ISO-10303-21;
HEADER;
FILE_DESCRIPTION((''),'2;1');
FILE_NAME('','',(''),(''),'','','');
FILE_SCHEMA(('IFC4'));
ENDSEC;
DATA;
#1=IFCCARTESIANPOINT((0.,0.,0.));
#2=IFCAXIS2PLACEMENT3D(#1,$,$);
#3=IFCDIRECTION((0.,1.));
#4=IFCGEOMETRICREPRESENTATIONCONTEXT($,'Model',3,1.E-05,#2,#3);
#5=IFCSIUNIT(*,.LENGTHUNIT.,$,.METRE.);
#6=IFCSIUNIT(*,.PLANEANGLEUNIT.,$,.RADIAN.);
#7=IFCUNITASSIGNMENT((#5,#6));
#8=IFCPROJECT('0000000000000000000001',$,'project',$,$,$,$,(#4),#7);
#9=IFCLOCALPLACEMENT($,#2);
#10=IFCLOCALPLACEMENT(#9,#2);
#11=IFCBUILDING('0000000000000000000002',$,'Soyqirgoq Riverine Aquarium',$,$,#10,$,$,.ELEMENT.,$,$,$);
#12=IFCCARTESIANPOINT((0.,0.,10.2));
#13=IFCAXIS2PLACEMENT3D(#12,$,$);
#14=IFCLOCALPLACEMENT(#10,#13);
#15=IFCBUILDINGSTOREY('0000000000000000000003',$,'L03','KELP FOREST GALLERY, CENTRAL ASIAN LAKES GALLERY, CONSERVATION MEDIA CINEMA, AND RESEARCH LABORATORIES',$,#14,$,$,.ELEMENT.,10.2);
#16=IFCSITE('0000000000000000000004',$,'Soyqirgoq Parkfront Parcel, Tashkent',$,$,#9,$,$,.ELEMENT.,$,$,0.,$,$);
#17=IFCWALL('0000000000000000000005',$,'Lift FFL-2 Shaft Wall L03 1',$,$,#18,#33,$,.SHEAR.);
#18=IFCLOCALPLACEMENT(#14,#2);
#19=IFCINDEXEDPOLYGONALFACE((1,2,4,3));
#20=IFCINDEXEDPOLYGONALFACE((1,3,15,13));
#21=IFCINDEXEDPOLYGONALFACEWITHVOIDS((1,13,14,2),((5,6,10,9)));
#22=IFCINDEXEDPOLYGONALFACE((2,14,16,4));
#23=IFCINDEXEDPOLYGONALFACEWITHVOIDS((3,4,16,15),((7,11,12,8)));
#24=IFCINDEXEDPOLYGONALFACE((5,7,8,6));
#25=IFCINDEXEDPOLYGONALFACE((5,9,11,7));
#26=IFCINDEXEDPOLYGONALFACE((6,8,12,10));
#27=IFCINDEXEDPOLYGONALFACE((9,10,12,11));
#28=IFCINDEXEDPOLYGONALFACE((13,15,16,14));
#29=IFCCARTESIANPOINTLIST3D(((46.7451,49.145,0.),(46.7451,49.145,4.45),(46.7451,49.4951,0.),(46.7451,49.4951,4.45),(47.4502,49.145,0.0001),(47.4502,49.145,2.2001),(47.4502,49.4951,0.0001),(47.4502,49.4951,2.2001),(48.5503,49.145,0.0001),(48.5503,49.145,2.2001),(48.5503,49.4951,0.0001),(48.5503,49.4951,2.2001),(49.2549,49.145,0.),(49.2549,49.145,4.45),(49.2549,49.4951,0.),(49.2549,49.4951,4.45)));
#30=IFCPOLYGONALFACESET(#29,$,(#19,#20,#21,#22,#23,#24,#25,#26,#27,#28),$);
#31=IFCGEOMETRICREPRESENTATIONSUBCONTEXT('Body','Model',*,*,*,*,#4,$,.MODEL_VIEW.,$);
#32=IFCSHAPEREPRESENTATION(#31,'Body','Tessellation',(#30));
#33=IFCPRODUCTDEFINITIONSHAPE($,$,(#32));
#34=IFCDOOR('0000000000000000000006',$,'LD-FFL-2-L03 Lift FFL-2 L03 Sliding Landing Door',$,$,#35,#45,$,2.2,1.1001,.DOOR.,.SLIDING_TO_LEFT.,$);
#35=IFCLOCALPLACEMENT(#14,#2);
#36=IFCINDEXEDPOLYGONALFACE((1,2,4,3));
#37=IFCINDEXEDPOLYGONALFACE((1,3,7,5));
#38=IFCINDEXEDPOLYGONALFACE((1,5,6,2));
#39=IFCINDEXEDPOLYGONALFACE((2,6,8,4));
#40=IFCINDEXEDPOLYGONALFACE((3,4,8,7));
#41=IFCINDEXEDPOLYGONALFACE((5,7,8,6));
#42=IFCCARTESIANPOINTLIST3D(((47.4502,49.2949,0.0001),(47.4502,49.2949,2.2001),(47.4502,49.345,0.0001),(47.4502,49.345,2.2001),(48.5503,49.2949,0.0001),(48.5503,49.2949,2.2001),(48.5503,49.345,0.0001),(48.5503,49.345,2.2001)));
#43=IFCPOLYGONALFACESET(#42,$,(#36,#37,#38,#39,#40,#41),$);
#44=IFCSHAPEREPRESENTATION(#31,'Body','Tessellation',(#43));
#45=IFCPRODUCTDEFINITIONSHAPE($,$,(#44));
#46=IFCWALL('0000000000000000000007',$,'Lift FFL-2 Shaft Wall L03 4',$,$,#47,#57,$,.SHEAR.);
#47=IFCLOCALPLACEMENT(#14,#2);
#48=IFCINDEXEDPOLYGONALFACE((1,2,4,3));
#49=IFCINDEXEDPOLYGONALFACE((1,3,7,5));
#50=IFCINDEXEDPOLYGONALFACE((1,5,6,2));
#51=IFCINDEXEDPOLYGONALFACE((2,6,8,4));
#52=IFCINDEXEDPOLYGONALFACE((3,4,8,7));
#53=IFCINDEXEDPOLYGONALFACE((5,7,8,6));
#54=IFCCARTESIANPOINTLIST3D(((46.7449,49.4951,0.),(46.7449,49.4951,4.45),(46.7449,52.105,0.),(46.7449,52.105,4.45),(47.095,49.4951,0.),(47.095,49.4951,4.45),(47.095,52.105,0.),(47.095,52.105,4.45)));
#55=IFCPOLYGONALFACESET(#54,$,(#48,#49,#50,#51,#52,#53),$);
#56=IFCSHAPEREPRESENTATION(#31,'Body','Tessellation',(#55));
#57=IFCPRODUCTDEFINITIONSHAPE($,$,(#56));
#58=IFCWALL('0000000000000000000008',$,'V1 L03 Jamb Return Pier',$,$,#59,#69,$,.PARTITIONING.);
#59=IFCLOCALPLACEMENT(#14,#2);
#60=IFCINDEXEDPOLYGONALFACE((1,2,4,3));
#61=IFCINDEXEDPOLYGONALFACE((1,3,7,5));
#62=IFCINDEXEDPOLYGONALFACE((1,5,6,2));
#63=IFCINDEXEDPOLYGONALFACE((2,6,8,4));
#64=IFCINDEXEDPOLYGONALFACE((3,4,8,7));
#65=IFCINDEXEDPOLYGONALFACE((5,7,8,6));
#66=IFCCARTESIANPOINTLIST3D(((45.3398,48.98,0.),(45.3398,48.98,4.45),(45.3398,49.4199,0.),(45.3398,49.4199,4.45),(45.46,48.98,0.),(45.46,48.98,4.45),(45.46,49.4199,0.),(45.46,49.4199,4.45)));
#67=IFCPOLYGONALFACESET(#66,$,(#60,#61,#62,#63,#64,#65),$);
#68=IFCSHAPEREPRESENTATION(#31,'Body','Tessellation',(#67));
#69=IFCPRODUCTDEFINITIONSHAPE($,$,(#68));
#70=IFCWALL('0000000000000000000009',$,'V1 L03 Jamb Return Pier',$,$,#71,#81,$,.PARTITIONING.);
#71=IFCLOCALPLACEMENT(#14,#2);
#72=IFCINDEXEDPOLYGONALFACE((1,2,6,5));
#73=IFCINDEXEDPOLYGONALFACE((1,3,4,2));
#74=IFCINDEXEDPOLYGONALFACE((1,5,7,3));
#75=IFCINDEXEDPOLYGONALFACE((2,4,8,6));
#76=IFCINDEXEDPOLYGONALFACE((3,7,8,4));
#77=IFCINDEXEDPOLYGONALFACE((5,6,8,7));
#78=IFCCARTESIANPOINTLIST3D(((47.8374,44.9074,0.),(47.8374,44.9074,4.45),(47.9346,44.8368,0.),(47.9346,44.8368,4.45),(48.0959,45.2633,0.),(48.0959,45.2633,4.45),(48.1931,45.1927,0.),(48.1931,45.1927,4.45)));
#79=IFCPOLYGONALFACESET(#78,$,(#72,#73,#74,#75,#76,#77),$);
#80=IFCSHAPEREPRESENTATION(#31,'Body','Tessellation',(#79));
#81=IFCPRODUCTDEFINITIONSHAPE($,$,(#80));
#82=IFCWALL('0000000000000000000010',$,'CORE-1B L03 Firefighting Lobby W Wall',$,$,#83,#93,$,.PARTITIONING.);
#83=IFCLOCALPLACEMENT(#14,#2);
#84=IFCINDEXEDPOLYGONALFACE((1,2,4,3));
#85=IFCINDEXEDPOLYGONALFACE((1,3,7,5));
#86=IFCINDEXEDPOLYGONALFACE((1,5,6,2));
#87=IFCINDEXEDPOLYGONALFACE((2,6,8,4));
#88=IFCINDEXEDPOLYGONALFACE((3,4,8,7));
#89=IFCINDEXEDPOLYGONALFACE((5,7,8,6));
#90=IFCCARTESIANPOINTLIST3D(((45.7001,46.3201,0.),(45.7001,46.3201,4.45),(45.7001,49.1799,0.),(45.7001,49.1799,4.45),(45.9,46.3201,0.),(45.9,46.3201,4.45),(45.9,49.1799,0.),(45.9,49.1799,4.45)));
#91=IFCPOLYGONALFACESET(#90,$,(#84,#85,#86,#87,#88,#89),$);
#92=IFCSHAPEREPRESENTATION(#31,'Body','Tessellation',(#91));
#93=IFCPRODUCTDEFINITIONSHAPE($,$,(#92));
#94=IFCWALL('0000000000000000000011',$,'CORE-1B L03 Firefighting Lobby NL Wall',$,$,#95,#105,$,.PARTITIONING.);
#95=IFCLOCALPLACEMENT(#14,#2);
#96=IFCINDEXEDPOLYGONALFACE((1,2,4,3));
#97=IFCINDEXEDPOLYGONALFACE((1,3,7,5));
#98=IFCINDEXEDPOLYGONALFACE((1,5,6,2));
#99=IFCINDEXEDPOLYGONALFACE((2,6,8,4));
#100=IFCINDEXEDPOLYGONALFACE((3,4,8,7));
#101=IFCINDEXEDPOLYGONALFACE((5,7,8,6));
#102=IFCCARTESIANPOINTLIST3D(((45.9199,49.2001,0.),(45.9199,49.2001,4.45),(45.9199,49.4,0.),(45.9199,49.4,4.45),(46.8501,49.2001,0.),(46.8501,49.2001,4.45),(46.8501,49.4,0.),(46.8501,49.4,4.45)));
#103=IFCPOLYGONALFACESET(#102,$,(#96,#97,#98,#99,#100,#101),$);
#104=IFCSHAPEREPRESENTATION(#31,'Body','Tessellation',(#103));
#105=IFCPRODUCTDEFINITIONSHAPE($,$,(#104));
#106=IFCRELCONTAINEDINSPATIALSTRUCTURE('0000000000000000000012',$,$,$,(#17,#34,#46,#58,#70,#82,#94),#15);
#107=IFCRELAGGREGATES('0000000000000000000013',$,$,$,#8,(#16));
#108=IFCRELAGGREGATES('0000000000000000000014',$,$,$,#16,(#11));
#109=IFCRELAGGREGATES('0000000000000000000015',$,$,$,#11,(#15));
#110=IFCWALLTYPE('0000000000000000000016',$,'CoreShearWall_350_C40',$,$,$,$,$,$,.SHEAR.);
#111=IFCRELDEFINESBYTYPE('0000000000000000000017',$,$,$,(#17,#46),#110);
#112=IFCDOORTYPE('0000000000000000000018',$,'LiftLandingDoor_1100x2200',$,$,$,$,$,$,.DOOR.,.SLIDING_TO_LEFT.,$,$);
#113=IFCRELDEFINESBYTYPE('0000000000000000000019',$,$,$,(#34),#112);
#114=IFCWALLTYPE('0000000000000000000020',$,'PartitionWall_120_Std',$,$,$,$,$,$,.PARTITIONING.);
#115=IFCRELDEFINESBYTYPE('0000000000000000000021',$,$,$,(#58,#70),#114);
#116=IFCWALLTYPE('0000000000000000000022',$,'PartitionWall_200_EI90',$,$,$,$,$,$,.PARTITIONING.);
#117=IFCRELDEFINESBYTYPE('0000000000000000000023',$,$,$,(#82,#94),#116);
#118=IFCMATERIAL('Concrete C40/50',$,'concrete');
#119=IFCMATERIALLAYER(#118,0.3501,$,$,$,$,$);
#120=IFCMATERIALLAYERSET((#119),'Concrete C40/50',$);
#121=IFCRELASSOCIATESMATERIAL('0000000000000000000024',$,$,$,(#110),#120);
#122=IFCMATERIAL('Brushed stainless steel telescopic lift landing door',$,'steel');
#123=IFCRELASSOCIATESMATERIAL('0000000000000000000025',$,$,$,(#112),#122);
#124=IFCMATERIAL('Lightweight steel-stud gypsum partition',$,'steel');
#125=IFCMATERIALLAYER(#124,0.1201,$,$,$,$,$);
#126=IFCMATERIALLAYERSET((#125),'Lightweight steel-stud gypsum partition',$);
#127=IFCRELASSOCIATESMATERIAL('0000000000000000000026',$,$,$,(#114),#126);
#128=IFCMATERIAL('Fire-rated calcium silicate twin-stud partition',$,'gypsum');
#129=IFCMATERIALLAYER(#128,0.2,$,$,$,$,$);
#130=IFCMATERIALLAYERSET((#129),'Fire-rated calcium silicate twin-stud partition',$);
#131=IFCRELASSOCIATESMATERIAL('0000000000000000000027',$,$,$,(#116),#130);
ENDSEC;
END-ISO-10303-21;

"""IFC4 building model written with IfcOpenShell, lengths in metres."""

from ifc_helpers import new_model, si_unit, direction, frame, frame_2d, origin, place, context, subcontext, project, spatial, rectangle, extrude, material, layer, layer_set, type_object, element, fill, save


model = new_model("IFC4")

# Units and contexts
model_context = context("Model", 3, precision=1e-05, world=origin(), true_north=direction((0.0, 1.0)))
body_context = subcontext(model_context, "Body", "Model", "MODEL_VIEW")
ifc_project = project(units=[si_unit("LENGTHUNIT", "METRE"), si_unit("PLANEANGLEUNIT", "RADIAN")], contexts=[model_context])

# Site, building, storey
site_placement = place(None, origin())
site = spatial("IfcSite", under=ifc_project, at=site_placement, Name="Soyqirgoq Parkfront Parcel, Tashkent", CompositionType="ELEMENT", RefElevation=0.0)
building_placement = place(site_placement, origin())
building = spatial("IfcBuilding", under=site, at=building_placement, Name="Soyqirgoq Riverine Aquarium", CompositionType="ELEMENT")
storey_placement = place(building_placement, frame((0.0, 0.0, 10.2)))
storey = spatial("IfcBuildingStorey", under=building, at=storey_placement, Name="L03", Description="KELP FOREST GALLERY, CENTRAL ASIAN LAKES GALLERY, CONSERVATION MEDIA CINEMA, AND RESEARCH LABORATORIES", CompositionType="ELEMENT", Elevation=10.2)

# Shared definitions
ifc_material_1 = material(Name="Concrete C40/50", Category="concrete")
ifc_layer_1 = layer(ifc_material_1, 0.3501)
ifc_layer_set_1 = layer_set([ifc_layer_1], Name="Concrete C40/50")
wall_type_1 = type_object("IfcWallType", Name="CoreShearWall_350_C40", PredefinedType="SHEAR", material=ifc_layer_set_1)

# Wall, opening, door
wall_1_placement = place(storey_placement, frame((46.7451, 49.3201, 0.0), z_axis=(0.0, 0.0, 1.0), x_axis=(1.0, 0.0, 0.0)))
wall_1 = element("IfcWall", 1, at=wall_1_placement, inside=storey, type_object=wall_type_1, Name="Lift FFL-2 Shaft Wall L03 1", PredefinedType="SHEAR", context=body_context, shape_type="SweptSolid", body=[
    extrude(rectangle(XDim=2.5098, YDim=0.3501, at=frame_2d((1.2549, 0.0))), origin(), (0.0, 0.0, 1.0), 4.45),
])
opening_1_placement = place(wall_1_placement, frame((0.7051, 0.0, 0.0)))
opening_1 = element("IfcOpeningElement", 2, at=opening_1_placement, cuts=wall_1, PredefinedType="OPENING", context=body_context, shape_type="SweptSolid", body=[
    extrude(rectangle(XDim=1.1001, YDim=2.2, at=frame_2d((0.55, 1.1001))), frame((0.0, 0.1851, 0.0), z_axis=(0.0, -1.0, 0.0), x_axis=(1.0, 0.0, 0.0)), (0.0, 0.0, 1.0), 0.3701),
])
ifc_material_2 = material(Name="Brushed stainless steel telescopic lift landing door", Category="steel")
door_type_1 = type_object("IfcDoorType", Name="LiftLandingDoor_1100x2200", OperationType="SLIDING_TO_LEFT", PredefinedType="DOOR", material=ifc_material_2)
door_1_placement = place(opening_1_placement, origin())
door_1 = element("IfcDoor", 3, at=door_1_placement, inside=storey, type_object=door_type_1, Name="LD-FFL-2-L03 Lift FFL-2 L03 Sliding Landing Door", OperationType="SLIDING_TO_LEFT", OverallHeight=2.2, OverallWidth=1.1001, PredefinedType="DOOR", context=body_context, shape_type="SweptSolid", body=[
    extrude(rectangle(XDim=1.1001, YDim=2.2, at=frame_2d((0.55, 1.1001))), frame((0.0, 0.0249, 0.0), z_axis=(0.0, -1.0, 0.0), x_axis=(1.0, 0.0, 0.0)), (0.0, 0.0, 1.0), 0.05),
])
fill(opening_1, door_1)

# Walls
wall_2_placement = place(storey_placement, frame((46.9199, 52.105, 0.0), z_axis=(0.0, 0.0, 1.0), x_axis=(0.0, -1.0, 0.0)))
element("IfcWall", 4, at=wall_2_placement, inside=storey, type_object=wall_type_1, Name="Lift FFL-2 Shaft Wall L03 4", PredefinedType="SHEAR", context=body_context, shape_type="SweptSolid", body=[
    extrude(rectangle(XDim=2.6099, YDim=0.3501, at=frame_2d((1.3049, 0.0))), origin(), (0.0, 0.0, 1.0), 4.45),
])
ifc_material_3 = material(Name="Lightweight steel-stud gypsum partition", Category="steel")
ifc_layer_2 = layer(ifc_material_3, 0.1201)
ifc_layer_set_2 = layer_set([ifc_layer_2], Name="Lightweight steel-stud gypsum partition")
wall_type_2 = type_object("IfcWallType", Name="PartitionWall_120_Std", PredefinedType="PARTITIONING", material=ifc_layer_set_2)
for number, where, z_axis, x_axis, name in (
    (5, (45.3999, 48.98, 0.0), (0.0, 0.0, 1.0), (0.0, 1.0, 0.0), "V1 L03 Jamb Return Pier"),
    (6, (47.886, 44.8721, 0.0), (0.0, 0.0, 1.0), (0.587677, 0.809096, 0.0), "V1 L03 Jamb Return Pier"),
):
    element("IfcWall", number, at=place(storey_placement, frame(where, z_axis=z_axis, x_axis=x_axis)), inside=storey, type_object=wall_type_2, Name=name, PredefinedType="PARTITIONING", context=body_context, shape_type="SweptSolid", body=[
        extrude(rectangle(XDim=0.4399, YDim=0.1201, at=frame_2d((0.22, 0.0))), origin(), (0.0, 0.0, 1.0), 4.45),
    ])

# Shared definitions
ifc_material_4 = material(Name="Fire-rated calcium silicate twin-stud partition", Category="gypsum")
ifc_layer_3 = layer(ifc_material_4, 0.2)
ifc_layer_set_3 = layer_set([ifc_layer_3], Name="Fire-rated calcium silicate twin-stud partition")
wall_type_3 = type_object("IfcWallType", Name="PartitionWall_200_EI90", PredefinedType="PARTITIONING", material=ifc_layer_set_3)

# Walls
wall_3_placement = place(storey_placement, frame((45.8, 46.3201, 0.0), z_axis=(0.0, 0.0, 1.0), x_axis=(0.0, 1.0, 0.0)))
element("IfcWall", 7, at=wall_3_placement, inside=storey, type_object=wall_type_3, Name="CORE-1B L03 Firefighting Lobby W Wall", PredefinedType="PARTITIONING", context=body_context, shape_type="SweptSolid", body=[
    extrude(rectangle(XDim=2.8599, YDim=0.2, at=frame_2d((1.4299, 0.0))), origin(), (0.0, 0.0, 1.0), 4.45),
])
wall_4_placement = place(storey_placement, frame((45.9199, 49.3, 0.0), z_axis=(0.0, 0.0, 1.0), x_axis=(1.0, 0.0, 0.0)))
element("IfcWall", 8, at=wall_4_placement, inside=storey, type_object=wall_type_3, Name="CORE-1B L03 Firefighting Lobby NL Wall", PredefinedType="PARTITIONING", context=body_context, shape_type="SweptSolid", body=[
    extrude(rectangle(XDim=0.9302, YDim=0.2, at=frame_2d((0.4651, 0.0))), origin(), (0.0, 0.0, 1.0), 4.45),
])

save(model, "model.ifc")
